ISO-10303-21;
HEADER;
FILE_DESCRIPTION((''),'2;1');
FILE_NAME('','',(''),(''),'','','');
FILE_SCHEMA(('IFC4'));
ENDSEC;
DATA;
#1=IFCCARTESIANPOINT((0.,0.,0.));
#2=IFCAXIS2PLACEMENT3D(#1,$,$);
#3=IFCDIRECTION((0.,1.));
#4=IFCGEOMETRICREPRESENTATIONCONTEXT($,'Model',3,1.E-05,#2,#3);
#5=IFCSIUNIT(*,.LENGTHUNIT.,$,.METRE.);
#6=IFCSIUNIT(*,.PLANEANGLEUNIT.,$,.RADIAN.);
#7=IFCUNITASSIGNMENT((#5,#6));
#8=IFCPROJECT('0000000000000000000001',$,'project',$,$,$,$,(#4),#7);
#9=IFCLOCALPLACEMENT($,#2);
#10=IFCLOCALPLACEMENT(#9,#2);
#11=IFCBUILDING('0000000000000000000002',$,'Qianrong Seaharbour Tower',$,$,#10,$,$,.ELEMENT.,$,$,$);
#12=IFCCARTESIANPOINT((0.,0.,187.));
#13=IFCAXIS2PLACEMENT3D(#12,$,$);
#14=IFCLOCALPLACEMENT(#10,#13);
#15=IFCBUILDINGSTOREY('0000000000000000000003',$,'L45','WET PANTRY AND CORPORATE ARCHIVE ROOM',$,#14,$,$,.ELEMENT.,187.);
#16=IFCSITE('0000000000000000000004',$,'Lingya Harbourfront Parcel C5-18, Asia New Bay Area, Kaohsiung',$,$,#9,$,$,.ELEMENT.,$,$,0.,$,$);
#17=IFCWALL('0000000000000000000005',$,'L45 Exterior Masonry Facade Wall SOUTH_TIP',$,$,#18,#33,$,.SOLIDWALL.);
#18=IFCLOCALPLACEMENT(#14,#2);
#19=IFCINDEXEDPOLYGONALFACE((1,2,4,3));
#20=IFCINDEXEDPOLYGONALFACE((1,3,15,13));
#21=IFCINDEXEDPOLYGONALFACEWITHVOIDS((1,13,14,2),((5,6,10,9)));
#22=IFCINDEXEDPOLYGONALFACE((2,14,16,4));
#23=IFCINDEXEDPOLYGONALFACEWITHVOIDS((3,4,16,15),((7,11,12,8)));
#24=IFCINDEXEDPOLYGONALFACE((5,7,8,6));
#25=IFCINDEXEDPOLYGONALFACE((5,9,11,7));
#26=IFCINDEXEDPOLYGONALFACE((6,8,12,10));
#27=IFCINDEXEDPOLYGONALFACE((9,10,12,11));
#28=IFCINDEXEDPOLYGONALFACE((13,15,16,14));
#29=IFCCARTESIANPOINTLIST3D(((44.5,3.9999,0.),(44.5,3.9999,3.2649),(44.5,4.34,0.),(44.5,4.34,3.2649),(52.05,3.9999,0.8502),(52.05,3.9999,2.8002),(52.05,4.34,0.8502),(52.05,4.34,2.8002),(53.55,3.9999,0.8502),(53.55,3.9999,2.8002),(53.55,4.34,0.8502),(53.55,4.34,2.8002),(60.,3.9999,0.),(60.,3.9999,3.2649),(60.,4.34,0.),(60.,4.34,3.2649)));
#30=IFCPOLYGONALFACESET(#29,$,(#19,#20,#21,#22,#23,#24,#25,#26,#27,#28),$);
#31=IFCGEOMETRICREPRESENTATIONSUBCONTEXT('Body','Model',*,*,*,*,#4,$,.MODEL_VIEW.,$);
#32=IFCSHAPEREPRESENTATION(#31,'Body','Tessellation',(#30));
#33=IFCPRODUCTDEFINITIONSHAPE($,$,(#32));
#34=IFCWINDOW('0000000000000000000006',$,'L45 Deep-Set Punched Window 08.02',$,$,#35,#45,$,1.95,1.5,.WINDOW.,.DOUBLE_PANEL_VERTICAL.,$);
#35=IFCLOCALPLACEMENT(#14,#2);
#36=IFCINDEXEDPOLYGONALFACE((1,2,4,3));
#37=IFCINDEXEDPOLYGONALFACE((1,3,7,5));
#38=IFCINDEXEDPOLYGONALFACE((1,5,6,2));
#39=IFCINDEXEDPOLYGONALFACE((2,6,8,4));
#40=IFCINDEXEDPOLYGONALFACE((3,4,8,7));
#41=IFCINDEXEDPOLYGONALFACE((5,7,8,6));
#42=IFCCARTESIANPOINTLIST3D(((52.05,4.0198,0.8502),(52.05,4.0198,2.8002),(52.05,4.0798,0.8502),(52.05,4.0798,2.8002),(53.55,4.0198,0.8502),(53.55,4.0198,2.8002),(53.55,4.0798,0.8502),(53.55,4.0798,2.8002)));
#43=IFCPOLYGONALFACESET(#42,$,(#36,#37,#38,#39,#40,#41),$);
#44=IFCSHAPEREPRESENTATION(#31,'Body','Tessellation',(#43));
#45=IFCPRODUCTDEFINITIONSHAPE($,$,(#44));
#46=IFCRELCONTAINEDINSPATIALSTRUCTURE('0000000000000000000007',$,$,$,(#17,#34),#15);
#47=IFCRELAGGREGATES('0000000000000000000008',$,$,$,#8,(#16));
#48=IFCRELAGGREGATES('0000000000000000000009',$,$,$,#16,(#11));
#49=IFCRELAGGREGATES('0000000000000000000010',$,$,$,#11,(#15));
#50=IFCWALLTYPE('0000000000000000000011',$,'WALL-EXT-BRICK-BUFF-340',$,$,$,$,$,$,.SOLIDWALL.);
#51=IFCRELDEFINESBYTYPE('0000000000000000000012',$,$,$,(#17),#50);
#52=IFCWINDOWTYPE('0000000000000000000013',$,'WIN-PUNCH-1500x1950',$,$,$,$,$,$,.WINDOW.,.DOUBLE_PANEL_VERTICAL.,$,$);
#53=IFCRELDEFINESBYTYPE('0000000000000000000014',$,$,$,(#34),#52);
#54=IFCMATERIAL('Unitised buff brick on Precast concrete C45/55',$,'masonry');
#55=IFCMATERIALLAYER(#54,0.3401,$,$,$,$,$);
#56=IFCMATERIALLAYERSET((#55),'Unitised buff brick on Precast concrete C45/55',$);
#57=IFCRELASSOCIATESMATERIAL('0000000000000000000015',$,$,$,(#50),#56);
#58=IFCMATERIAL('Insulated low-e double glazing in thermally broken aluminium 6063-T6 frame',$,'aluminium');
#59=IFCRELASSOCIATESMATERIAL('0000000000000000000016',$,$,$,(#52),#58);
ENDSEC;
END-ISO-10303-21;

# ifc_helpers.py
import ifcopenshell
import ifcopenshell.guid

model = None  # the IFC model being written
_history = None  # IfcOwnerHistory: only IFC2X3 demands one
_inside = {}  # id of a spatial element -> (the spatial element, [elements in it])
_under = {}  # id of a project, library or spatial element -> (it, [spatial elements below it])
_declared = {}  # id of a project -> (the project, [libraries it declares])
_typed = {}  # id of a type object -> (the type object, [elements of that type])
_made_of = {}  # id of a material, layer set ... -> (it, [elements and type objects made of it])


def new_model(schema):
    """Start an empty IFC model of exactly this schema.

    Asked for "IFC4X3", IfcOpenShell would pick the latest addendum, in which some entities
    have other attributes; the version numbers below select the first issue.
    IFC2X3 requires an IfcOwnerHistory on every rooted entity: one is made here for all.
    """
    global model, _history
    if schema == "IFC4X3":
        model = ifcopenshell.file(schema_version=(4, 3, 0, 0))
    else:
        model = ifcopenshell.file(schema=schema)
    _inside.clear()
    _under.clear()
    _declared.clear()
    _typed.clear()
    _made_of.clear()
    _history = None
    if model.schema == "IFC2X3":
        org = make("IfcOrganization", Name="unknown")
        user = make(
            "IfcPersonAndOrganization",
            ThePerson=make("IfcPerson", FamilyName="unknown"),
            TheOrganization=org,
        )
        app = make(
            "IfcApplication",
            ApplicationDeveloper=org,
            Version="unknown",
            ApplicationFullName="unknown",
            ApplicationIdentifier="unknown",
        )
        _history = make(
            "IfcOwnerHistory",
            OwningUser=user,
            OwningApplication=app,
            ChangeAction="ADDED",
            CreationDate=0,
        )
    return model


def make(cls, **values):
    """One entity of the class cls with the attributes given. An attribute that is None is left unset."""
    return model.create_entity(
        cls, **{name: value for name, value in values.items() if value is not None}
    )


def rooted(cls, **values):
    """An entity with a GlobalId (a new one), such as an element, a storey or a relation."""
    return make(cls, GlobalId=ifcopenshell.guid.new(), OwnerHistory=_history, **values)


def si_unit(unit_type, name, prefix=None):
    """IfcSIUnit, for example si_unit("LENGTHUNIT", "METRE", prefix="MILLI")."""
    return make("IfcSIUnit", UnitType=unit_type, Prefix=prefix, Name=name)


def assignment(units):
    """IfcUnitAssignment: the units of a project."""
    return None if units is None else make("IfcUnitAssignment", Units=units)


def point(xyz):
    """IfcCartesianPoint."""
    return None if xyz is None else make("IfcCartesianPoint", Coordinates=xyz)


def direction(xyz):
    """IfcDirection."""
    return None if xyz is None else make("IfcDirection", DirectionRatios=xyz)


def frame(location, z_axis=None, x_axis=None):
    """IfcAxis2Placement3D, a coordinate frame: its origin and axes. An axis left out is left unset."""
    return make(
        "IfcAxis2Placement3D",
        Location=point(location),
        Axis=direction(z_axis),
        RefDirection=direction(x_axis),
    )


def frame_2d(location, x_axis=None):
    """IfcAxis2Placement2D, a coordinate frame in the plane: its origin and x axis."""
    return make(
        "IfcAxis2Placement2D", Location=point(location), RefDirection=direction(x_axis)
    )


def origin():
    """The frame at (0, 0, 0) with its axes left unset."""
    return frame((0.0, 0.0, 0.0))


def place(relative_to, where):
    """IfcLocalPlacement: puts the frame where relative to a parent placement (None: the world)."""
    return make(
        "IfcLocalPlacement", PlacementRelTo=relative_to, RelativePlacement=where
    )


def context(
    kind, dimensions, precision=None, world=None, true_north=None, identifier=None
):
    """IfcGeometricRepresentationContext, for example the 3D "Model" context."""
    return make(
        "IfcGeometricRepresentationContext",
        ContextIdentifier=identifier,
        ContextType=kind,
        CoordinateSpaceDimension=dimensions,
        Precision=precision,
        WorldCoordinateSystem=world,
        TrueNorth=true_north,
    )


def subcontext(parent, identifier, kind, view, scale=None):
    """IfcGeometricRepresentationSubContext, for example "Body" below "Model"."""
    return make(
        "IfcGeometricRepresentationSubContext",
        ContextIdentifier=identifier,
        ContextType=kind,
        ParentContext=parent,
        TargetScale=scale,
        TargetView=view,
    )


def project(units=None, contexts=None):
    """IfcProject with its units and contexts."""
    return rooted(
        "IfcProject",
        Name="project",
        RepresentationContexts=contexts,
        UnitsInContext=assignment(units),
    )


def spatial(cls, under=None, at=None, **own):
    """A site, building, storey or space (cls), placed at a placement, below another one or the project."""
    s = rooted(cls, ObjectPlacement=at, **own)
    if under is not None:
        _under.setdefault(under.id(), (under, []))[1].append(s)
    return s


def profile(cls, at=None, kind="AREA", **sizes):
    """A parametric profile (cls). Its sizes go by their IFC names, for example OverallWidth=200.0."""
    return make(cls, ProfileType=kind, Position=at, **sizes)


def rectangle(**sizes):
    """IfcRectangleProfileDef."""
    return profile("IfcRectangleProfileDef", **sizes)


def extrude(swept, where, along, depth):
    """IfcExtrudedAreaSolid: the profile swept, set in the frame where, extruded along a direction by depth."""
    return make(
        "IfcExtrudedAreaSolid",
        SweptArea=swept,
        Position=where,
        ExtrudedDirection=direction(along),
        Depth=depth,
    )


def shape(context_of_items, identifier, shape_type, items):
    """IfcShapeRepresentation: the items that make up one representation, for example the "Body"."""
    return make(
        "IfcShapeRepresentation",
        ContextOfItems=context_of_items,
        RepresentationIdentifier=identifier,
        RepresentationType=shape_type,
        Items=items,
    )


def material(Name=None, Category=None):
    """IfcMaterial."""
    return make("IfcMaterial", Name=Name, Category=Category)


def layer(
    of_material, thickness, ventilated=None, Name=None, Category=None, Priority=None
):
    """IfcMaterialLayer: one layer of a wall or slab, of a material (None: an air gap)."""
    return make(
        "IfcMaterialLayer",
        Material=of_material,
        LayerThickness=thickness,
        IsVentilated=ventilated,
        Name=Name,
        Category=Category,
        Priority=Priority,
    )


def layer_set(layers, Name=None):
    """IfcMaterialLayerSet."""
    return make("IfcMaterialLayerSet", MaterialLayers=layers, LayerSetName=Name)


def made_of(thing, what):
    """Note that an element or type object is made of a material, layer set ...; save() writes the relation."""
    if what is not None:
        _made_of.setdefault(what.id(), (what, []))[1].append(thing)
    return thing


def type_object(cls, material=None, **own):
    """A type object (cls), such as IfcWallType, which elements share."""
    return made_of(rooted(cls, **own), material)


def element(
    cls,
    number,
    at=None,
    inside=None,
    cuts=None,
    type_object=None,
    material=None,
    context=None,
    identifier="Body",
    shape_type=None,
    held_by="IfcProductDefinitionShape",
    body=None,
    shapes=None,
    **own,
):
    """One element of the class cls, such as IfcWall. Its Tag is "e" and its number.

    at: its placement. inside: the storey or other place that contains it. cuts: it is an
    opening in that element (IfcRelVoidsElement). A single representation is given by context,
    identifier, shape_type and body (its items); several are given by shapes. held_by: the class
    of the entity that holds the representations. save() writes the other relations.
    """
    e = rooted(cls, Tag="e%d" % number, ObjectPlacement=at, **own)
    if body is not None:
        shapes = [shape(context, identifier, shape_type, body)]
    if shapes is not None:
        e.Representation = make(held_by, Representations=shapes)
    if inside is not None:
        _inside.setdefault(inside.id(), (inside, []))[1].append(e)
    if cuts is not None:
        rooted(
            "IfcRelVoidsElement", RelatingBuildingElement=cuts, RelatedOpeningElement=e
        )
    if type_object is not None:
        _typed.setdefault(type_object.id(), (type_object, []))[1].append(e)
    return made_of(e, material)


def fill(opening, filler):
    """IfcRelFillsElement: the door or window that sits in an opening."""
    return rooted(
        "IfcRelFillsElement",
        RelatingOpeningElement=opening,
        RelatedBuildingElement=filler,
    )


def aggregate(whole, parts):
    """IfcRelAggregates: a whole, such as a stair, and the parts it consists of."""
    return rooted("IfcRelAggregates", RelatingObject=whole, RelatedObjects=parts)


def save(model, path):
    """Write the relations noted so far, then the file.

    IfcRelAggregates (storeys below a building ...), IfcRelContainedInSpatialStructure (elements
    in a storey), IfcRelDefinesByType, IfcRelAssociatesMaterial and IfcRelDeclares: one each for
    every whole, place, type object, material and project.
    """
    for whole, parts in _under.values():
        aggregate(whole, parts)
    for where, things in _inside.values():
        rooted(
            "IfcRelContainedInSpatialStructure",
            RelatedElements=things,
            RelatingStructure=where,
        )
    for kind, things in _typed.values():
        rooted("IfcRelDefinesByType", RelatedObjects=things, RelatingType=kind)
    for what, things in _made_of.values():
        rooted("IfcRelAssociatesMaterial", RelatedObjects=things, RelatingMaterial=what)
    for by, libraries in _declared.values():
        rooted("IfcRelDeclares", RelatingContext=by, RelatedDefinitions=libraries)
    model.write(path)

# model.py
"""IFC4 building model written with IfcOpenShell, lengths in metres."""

from ifc_helpers import new_model, si_unit, direction, frame, frame_2d, origin, place, context, subcontext, project, spatial, rectangle, extrude, material, layer, layer_set, type_object, element, fill, save


model = new_model("IFC4")

# Units and contexts
model_context = context("Model", 3, precision=1e-05, world=origin(), true_north=direction((0.0, 1.0)))
body_context = subcontext(model_context, "Body", "Model", "MODEL_VIEW")
ifc_project = project(units=[si_unit("LENGTHUNIT", "METRE"), si_unit("PLANEANGLEUNIT", "RADIAN")], contexts=[model_context])

# Site, building, storey
site_placement = place(None, origin())
site = spatial("IfcSite", under=ifc_project, at=site_placement, Name="Lingya Harbourfront Parcel C5-18, Asia New Bay Area, Kaohsiung", CompositionType="ELEMENT", RefElevation=0.0)
building_placement = place(site_placement, origin())
building = spatial("IfcBuilding", under=site, at=building_placement, Name="Qianrong Seaharbour Tower", CompositionType="ELEMENT")
storey_placement = place(building_placement, frame((0.0, 0.0, 187.0)))
storey = spatial("IfcBuildingStorey", under=building, at=storey_placement, Name="L45", Description="WET PANTRY AND CORPORATE ARCHIVE ROOM", CompositionType="ELEMENT", Elevation=187.0)

# Shared definitions
ifc_material_1 = material(Name="Unitised buff brick on Precast concrete C45/55", Category="masonry")
ifc_layer_1 = layer(ifc_material_1, 0.3401)
ifc_layer_set_1 = layer_set([ifc_layer_1], Name="Unitised buff brick on Precast concrete C45/55")
wall_type_1 = type_object("IfcWallType", Name="WALL-EXT-BRICK-BUFF-340", PredefinedType="SOLIDWALL", material=ifc_layer_set_1)

# Wall, opening, window
wall_1_placement = place(storey_placement, frame((60.0, 4.1699, 0.0), z_axis=(0.0, 0.0, 1.0), x_axis=(-1.0, 0.0, 0.0)))
wall_1 = element("IfcWall", 1, at=wall_1_placement, inside=storey, type_object=wall_type_1, Name="L45 Exterior Masonry Facade Wall SOUTH_TIP", PredefinedType="SOLIDWALL", context=body_context, shape_type="SweptSolid", body=[
    extrude(rectangle(XDim=15.5, YDim=0.3401, at=frame_2d((7.75, 0.0))), origin(), (0.0, 0.0, 1.0), 3.2649),
])
opening_1_placement = place(wall_1_placement, frame((6.45, 0.0, 0.8501)))
opening_1 = element("IfcOpeningElement", 2, at=opening_1_placement, cuts=wall_1, PredefinedType="OPENING", context=body_context, shape_type="SweptSolid", body=[
    extrude(rectangle(XDim=1.5, YDim=1.95, at=frame_2d((0.75, 0.9751))), frame((0.0, 0.1802, 0.0), z_axis=(0.0, -1.0, 0.0), x_axis=(1.0, 0.0, 0.0)), (0.0, 0.0, 1.0), 0.3601),
])
ifc_material_2 = material(Name="Insulated low-e double glazing in thermally broken aluminium 6063-T6 frame", Category="aluminium")
window_type = type_object("IfcWindowType", Name="WIN-PUNCH-1500x1950", PartitioningType="DOUBLE_PANEL_VERTICAL", PredefinedType="WINDOW", material=ifc_material_2)
window_placement = place(opening_1_placement, origin())
window = element("IfcWindow", 3, at=window_placement, inside=storey, type_object=window_type, Name="L45 Deep-Set Punched Window 08.02", OverallHeight=1.95, OverallWidth=1.5, PartitioningType="DOUBLE_PANEL_VERTICAL", PredefinedType="WINDOW", context=body_context, shape_type="SweptSolid", body=[
    extrude(rectangle(XDim=1.5, YDim=1.95, at=frame_2d((0.75, 0.9751))), frame((0.0, 0.1501, 0.0), z_axis=(0.0, -1.0, 0.0), x_axis=(1.0, 0.0, 0.0)), (0.0, 0.0, 1.0), 0.0601),
])
fill(opening_1, window)

save(model, "model.ifc")
